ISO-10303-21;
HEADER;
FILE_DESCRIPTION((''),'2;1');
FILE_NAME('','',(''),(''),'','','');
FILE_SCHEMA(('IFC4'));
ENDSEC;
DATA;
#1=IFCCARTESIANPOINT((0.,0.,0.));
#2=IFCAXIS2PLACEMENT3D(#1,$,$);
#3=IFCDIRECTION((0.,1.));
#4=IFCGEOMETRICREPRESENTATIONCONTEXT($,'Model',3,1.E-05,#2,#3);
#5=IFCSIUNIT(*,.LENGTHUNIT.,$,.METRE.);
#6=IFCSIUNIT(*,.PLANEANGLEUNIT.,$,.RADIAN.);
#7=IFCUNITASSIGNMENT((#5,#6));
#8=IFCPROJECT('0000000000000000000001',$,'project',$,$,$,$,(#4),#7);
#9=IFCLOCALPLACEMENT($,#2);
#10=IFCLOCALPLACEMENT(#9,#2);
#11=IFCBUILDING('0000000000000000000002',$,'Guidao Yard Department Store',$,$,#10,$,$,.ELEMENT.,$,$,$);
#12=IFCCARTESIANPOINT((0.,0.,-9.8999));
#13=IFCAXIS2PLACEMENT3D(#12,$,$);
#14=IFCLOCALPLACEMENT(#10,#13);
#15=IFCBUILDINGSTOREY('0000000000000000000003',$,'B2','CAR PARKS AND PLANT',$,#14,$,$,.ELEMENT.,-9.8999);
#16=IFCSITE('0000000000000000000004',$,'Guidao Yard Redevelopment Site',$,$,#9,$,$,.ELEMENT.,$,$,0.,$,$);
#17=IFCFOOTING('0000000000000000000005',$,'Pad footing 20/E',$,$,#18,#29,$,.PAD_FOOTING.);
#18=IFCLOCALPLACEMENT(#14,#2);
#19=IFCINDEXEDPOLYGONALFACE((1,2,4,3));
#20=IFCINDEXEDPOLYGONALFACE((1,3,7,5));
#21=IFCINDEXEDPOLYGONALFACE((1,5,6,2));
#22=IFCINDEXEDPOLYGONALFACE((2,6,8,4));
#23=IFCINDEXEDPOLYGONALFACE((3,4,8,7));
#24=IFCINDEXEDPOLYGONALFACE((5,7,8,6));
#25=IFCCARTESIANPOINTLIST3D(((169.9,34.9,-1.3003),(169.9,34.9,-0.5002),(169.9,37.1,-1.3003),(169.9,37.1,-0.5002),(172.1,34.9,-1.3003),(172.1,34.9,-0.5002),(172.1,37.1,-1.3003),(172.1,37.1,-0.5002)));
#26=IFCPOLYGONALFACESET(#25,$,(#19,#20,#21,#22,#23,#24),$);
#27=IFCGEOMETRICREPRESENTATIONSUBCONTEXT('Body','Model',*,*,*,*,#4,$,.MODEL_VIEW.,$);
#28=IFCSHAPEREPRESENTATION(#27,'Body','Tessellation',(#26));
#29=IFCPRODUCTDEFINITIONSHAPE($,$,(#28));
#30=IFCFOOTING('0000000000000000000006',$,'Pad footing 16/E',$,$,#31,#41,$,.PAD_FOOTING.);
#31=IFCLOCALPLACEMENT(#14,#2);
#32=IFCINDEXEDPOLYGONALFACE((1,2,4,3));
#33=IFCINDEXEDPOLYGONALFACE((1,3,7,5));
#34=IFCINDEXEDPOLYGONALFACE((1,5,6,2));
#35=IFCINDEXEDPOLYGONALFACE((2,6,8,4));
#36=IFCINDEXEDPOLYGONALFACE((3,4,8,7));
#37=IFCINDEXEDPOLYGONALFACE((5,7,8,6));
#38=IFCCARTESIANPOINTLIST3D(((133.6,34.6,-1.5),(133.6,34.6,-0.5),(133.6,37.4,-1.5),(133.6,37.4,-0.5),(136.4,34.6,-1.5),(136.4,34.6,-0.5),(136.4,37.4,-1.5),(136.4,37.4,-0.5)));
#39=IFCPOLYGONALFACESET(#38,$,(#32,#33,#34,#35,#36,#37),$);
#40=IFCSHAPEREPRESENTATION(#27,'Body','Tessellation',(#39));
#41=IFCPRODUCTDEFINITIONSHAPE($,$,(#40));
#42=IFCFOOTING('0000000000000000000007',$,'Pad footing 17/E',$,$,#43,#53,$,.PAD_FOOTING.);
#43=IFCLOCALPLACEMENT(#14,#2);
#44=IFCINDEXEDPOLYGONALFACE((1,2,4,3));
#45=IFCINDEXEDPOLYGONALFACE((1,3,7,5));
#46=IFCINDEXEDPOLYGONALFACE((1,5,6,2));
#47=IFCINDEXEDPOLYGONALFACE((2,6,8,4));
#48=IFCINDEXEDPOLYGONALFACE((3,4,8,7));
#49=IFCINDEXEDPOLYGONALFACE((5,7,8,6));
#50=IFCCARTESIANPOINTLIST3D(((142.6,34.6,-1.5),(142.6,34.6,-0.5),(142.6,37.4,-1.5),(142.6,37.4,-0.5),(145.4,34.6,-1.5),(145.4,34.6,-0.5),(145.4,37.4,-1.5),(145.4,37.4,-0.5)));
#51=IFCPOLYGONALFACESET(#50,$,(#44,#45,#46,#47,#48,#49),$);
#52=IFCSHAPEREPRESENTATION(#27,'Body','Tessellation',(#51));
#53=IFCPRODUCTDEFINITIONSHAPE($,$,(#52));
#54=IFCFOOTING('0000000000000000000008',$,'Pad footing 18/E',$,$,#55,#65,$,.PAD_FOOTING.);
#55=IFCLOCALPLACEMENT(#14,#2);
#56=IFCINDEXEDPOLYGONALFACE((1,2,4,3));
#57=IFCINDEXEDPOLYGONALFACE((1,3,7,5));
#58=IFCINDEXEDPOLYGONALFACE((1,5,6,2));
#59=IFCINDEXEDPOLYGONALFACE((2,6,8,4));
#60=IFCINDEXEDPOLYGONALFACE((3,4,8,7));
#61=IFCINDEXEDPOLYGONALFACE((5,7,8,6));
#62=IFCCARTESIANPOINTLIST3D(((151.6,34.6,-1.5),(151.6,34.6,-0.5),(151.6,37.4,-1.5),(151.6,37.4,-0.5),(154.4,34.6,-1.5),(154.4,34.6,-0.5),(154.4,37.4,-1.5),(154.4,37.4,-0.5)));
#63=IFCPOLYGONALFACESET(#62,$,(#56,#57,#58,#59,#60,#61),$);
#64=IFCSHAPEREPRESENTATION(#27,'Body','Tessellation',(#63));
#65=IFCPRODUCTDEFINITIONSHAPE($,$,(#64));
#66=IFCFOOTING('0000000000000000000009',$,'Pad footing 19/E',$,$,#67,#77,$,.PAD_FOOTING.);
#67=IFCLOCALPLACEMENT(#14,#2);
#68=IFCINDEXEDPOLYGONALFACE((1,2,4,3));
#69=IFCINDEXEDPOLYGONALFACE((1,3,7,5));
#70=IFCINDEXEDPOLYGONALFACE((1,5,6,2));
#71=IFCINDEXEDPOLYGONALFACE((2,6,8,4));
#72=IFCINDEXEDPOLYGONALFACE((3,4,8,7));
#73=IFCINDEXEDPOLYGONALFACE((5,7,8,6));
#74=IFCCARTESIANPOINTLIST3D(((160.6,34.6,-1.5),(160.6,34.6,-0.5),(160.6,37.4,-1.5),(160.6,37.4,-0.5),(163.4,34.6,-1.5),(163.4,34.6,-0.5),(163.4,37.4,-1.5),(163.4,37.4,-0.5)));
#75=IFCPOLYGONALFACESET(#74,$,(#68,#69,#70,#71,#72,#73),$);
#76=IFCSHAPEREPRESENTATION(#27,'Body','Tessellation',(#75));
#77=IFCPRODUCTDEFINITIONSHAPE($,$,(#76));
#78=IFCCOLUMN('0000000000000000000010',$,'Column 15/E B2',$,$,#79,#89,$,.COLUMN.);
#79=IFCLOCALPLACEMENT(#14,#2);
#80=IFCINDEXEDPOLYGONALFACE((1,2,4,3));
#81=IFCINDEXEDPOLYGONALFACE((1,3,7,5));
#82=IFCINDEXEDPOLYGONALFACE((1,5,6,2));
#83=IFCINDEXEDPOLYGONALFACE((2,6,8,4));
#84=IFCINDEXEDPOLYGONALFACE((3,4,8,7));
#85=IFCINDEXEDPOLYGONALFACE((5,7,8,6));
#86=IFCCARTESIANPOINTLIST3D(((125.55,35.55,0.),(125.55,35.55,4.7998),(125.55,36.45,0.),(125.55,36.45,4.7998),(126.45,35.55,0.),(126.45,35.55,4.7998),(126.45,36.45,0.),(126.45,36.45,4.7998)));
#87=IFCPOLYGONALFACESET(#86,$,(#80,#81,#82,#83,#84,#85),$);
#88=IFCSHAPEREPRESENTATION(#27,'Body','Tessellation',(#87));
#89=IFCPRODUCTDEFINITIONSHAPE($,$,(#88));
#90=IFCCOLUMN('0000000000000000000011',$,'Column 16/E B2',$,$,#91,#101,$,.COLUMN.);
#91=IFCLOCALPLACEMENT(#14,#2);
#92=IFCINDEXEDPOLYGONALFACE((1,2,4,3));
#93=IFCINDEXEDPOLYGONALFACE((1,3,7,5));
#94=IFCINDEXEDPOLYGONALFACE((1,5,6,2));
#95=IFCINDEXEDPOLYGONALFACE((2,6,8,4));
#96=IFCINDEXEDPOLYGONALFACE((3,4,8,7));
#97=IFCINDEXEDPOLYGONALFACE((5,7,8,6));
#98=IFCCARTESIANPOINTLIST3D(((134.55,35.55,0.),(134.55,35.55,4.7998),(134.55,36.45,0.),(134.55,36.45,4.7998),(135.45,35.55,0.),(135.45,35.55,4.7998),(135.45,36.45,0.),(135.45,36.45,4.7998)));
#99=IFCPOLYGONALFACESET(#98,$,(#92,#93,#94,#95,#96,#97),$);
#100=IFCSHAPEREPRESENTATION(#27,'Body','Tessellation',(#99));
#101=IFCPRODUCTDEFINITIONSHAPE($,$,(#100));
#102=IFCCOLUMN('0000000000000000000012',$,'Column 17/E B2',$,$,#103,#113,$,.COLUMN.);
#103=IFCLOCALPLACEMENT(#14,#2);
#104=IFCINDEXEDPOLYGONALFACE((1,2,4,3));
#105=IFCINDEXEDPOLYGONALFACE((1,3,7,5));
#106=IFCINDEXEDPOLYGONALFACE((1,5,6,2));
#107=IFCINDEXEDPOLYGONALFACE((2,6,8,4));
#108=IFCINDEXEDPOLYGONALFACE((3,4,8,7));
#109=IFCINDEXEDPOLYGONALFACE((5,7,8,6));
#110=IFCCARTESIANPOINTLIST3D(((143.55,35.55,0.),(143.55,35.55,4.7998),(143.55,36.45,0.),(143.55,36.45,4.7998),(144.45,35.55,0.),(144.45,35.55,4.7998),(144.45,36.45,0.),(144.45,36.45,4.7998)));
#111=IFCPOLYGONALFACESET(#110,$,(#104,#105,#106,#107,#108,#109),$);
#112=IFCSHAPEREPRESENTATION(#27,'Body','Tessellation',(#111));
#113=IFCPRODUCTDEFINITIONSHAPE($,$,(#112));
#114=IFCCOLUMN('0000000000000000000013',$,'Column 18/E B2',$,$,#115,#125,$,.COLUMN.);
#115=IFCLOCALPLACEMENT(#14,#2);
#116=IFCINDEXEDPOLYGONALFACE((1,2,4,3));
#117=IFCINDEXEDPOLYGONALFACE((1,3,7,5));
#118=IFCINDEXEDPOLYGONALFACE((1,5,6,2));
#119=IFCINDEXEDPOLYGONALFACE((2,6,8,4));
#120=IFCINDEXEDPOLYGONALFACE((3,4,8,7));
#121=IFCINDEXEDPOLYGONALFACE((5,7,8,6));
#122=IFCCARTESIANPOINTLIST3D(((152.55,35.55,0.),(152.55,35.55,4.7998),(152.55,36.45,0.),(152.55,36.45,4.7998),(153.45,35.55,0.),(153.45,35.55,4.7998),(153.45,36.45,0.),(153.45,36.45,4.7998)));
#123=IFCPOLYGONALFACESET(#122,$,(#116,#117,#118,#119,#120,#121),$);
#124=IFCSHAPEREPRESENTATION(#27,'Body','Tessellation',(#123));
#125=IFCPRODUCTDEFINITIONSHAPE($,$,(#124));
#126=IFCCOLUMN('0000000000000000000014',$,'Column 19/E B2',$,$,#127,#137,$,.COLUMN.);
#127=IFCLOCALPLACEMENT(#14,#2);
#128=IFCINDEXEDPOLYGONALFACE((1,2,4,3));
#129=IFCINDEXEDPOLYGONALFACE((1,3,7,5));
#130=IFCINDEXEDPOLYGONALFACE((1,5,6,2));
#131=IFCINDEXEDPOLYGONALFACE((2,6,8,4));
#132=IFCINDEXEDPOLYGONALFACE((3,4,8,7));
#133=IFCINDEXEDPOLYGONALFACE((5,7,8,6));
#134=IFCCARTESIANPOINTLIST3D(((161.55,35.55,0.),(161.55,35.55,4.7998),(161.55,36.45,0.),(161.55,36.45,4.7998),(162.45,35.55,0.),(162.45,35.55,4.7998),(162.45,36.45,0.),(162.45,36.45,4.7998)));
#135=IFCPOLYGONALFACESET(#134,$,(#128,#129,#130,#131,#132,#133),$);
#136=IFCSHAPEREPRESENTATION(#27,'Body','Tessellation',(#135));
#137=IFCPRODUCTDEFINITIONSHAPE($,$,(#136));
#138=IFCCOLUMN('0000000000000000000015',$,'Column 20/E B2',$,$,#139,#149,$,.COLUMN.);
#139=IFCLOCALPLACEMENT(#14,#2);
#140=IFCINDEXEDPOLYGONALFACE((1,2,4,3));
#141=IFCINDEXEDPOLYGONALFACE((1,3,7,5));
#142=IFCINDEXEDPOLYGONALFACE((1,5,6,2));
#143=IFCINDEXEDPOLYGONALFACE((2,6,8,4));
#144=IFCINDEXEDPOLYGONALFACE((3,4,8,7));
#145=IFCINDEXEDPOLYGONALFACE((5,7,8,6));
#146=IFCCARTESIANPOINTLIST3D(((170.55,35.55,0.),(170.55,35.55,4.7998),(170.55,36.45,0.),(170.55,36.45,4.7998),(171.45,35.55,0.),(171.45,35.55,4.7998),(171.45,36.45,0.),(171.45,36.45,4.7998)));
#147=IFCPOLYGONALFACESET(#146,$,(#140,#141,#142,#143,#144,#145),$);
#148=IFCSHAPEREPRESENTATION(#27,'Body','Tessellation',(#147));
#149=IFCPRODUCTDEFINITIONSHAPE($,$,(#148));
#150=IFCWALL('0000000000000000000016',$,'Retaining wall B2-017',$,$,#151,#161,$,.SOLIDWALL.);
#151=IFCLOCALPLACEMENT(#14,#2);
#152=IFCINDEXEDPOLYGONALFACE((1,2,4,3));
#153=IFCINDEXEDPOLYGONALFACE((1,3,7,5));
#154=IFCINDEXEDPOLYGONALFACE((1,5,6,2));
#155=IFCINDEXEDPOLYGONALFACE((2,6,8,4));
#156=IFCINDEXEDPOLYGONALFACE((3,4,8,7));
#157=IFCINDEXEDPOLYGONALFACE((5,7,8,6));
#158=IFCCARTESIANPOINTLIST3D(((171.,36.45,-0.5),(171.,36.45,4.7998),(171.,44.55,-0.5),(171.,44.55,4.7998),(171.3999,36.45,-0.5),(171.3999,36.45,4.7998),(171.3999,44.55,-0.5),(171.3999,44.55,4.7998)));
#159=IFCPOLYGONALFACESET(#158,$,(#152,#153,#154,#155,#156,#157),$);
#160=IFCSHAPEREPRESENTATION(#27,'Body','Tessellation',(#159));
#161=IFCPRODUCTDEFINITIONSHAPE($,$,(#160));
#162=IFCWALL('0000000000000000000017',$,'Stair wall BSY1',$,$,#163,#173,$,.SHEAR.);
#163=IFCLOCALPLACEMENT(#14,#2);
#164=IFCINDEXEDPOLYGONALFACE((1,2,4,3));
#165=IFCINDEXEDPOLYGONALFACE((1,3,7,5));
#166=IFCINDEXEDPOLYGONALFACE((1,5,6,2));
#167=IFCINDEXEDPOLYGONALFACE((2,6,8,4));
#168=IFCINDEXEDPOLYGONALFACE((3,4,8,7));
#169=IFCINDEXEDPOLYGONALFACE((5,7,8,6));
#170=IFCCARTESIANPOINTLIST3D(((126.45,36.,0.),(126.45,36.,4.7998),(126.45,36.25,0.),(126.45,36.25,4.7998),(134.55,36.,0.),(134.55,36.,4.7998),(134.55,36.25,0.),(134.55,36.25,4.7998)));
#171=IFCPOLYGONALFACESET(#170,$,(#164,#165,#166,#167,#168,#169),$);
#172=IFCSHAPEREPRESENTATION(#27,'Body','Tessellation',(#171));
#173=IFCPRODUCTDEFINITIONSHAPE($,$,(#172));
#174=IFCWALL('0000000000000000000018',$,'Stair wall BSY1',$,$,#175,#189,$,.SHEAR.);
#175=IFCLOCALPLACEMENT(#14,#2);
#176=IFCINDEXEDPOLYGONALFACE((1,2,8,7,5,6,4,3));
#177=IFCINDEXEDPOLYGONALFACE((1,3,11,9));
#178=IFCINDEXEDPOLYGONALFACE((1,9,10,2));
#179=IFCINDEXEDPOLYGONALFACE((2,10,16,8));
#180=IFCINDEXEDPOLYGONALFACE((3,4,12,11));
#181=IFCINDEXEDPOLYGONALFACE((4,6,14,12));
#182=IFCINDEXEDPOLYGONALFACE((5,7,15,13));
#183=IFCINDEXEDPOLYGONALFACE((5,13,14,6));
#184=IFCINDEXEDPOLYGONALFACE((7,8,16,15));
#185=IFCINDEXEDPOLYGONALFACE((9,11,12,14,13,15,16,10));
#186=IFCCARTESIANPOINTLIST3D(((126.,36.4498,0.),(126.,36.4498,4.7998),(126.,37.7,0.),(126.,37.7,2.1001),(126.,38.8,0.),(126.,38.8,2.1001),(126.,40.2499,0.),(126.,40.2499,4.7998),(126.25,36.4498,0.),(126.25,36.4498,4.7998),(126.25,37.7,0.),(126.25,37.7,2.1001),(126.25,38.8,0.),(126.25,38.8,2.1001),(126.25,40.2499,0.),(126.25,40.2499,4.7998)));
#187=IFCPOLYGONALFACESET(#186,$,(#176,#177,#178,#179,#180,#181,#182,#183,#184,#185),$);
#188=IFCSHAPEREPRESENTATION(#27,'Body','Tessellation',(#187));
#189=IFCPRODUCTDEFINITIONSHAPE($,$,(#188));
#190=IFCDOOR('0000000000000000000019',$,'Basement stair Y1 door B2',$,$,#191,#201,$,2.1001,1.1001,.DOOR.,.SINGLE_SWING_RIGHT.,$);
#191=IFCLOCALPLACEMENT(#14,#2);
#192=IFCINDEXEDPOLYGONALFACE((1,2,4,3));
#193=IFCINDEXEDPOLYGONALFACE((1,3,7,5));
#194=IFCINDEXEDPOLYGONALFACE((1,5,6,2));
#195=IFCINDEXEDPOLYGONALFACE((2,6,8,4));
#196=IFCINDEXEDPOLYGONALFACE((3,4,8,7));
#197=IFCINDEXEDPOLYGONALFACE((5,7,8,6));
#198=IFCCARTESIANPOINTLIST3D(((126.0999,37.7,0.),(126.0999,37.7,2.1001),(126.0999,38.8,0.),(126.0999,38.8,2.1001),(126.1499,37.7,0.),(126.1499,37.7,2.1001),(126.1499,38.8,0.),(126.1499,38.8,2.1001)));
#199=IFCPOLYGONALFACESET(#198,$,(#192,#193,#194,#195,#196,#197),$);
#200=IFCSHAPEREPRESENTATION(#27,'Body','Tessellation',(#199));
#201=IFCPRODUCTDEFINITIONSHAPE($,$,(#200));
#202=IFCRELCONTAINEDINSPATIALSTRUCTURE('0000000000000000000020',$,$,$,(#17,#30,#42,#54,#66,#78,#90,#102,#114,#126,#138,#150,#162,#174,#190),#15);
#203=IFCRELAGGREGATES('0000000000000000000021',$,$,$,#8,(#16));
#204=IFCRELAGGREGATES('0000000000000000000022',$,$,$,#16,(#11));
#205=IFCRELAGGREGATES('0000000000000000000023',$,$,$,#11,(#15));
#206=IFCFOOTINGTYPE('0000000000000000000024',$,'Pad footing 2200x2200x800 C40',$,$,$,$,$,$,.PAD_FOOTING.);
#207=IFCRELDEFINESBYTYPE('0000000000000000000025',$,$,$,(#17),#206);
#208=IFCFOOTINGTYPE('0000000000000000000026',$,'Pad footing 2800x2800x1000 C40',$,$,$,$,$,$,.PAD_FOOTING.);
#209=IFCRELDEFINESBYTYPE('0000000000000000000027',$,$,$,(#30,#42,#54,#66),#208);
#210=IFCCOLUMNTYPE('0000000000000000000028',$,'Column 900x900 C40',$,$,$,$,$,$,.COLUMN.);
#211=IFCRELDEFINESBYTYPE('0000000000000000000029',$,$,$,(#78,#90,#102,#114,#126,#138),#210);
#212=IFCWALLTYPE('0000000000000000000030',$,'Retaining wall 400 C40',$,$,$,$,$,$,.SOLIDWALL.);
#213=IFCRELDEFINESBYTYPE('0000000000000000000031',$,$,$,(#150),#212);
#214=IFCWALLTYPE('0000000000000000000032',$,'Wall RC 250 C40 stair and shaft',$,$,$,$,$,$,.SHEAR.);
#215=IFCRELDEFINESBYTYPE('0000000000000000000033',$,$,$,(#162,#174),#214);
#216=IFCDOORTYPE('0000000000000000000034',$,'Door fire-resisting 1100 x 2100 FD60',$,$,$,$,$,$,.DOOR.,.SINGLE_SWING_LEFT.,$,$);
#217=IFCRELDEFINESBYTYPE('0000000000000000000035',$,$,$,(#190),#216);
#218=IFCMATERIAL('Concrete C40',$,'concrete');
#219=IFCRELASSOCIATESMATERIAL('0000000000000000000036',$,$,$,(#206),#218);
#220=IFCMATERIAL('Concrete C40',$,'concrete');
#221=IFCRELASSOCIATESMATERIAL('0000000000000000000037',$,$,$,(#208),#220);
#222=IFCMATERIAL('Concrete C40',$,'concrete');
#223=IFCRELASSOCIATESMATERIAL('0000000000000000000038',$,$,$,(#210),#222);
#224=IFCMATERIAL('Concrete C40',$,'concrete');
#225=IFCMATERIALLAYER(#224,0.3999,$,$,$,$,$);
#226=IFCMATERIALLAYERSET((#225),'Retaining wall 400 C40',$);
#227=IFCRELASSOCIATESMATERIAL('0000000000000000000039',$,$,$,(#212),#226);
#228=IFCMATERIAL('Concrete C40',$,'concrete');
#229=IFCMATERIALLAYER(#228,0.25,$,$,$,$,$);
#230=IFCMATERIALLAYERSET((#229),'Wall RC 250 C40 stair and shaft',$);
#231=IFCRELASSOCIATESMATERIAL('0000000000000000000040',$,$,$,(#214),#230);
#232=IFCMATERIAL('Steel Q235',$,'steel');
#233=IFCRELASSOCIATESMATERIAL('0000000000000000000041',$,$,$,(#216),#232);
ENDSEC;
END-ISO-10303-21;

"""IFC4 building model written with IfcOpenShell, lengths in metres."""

from ifc_helpers import new_model, si_unit, direction, frame, frame_2d, origin, origin_2d, place, context, subcontext, project, spatial, rectangle, extrude, material, layer, layer_set, material_profile, profile_set, type_object, element, fill, save


model = new_model("IFC4")

# Units and contexts
model_context = context("Model", 3, precision=1e-05, world=origin(), true_north=direction((0.0, 1.0)))
body_context = subcontext(model_context, "Body", "Model", "MODEL_VIEW")
ifc_project = project(units=[si_unit("LENGTHUNIT", "METRE"), si_unit("PLANEANGLEUNIT", "RADIAN")], contexts=[model_context])

# Site, building, storey
site_placement = place(None, origin())
site = spatial("IfcSite", under=ifc_project, at=site_placement, Name="Guidao Yard Redevelopment Site", CompositionType="ELEMENT", RefElevation=0.0)
building_placement = place(site_placement, origin())
building = spatial("IfcBuilding", under=site, at=building_placement, Name="Guidao Yard Department Store", CompositionType="ELEMENT")
storey_placement = place(building_placement, frame((0.0, 0.0, -9.8999)))
storey = spatial("IfcBuildingStorey", under=building, at=storey_placement, Name="B2", Description="CAR PARKS AND PLANT", CompositionType="ELEMENT", Elevation=-9.8999)

# Footings
ifc_material_1 = material(Name="Concrete C40", Category="concrete")
footing_type_1 = type_object("IfcFootingType", Name="Pad footing 2200x2200x800 C40", PredefinedType="PAD_FOOTING", material=ifc_material_1)
footing_placement = place(storey_placement, frame((171.0, 36.0, -1.3003), z_axis=(0.0, 0.0, 1.0), x_axis=(1.0, 0.0, 0.0)))
element("IfcFooting", 1, at=footing_placement, inside=storey, type_object=footing_type_1, Name="Pad footing 20/E", PredefinedType="PAD_FOOTING", context=body_context, shape_type="SweptSolid", body=[
    extrude(rectangle(XDim=2.2, YDim=2.2, at=origin_2d()), origin(), (0.0, 0.0, 1.0), 0.8),
])
ifc_material_2 = material(Name="Concrete C40", Category="concrete")
footing_type_2 = type_object("IfcFootingType", Name="Pad footing 2800x2800x1000 C40", PredefinedType="PAD_FOOTING", material=ifc_material_2)
for number, where, z_axis, x_axis, name in (
    (2, (135.0, 36.0, -1.5), (0.0, 0.0, 1.0), (1.0, 0.0, 0.0), "Pad footing 16/E"),
    (3, (144.0, 36.0, -1.5), (0.0, 0.0, 1.0), (1.0, 0.0, 0.0), "Pad footing 17/E"),
    (4, (153.0, 36.0, -1.5), (0.0, 0.0, 1.0), (1.0, 0.0, 0.0), "Pad footing 18/E"),
    (5, (162.0, 36.0, -1.5), (0.0, 0.0, 1.0), (1.0, 0.0, 0.0), "Pad footing 19/E"),
):
    element("IfcFooting", number, at=place(storey_placement, frame(where, z_axis=z_axis, x_axis=x_axis)), inside=storey, type_object=footing_type_2, Name=name, PredefinedType="PAD_FOOTING", context=body_context, shape_type="SweptSolid", body=[
        extrude(rectangle(XDim=2.8, YDim=2.8, at=origin_2d()), origin(), (0.0, 0.0, 1.0), 1.0),
    ])

# Columns
ifc_material_3 = material(Name="Concrete C40", Category="concrete")
ifc_material_profile = material_profile(ifc_material_3, rectangle(XDim=0.8999, YDim=0.8999, at=origin_2d()), Name="COL 900x900")
ifc_profile_set = profile_set([ifc_material_profile], Name="Concrete C40")
column_type = type_object("IfcColumnType", Name="Column 900x900 C40", PredefinedType="COLUMN", material=ifc_profile_set)
for number, where, z_axis, x_axis, name in (
    (6, (126.0, 36.0, 0.0), (0.0, 0.0, 1.0), (1.0, 0.0, 0.0), "Column 15/E B2"),
    (7, (135.0, 36.0, 0.0), (0.0, 0.0, 1.0), (1.0, 0.0, 0.0), "Column 16/E B2"),
    (8, (144.0, 36.0, 0.0), (0.0, 0.0, 1.0), (1.0, 0.0, 0.0), "Column 17/E B2"),
    (9, (153.0, 36.0, 0.0), (0.0, 0.0, 1.0), (1.0, 0.0, 0.0), "Column 18/E B2"),
    (10, (162.0, 36.0, 0.0), (0.0, 0.0, 1.0), (1.0, 0.0, 0.0), "Column 19/E B2"),
    (11, (171.0, 36.0, 0.0), (0.0, 0.0, 1.0), (1.0, 0.0, 0.0), "Column 20/E B2"),
):
    element("IfcColumn", number, at=place(storey_placement, frame(where, z_axis=z_axis, x_axis=x_axis)), inside=storey, type_object=column_type, Name=name, PredefinedType="COLUMN", context=body_context, shape_type="SweptSolid", body=[
        extrude(rectangle(XDim=0.8999, YDim=0.8999, at=origin_2d()), origin(), (0.0, 0.0, 1.0), 4.7998),
    ])

# Walls
ifc_material_4 = material(Name="Concrete C40", Category="concrete")
ifc_layer_1 = layer(ifc_material_4, 0.3999)
ifc_layer_set_1 = layer_set([ifc_layer_1], Name="Retaining wall 400 C40")
wall_type_1 = type_object("IfcWallType", Name="Retaining wall 400 C40", PredefinedType="SOLIDWALL", material=ifc_layer_set_1)
wall_1_placement = place(storey_placement, frame((171.2, 36.45, -0.5), z_axis=(0.0, 0.0, 1.0), x_axis=(0.0, 1.0, 0.0)))
element("IfcWall", 12, at=wall_1_placement, inside=storey, type_object=wall_type_1, Name="Retaining wall B2-017", PredefinedType="SOLIDWALL", context=body_context, shape_type="SweptSolid", body=[
    extrude(rectangle(XDim=8.1001, YDim=0.3999, at=frame_2d((4.05, 0.0))), origin(), (0.0, 0.0, 1.0), 5.2998),
])
ifc_material_5 = material(Name="Concrete C40", Category="concrete")
ifc_layer_2 = layer(ifc_material_5, 0.25)
ifc_layer_set_2 = layer_set([ifc_layer_2], Name="Wall RC 250 C40 stair and shaft")
wall_type_2 = type_object("IfcWallType", Name="Wall RC 250 C40 stair and shaft", PredefinedType="SHEAR", material=ifc_layer_set_2)
wall_2_placement = place(storey_placement, frame((126.45, 36.125, 0.0), z_axis=(0.0, 0.0, 1.0), x_axis=(1.0, 0.0, 0.0)))
element("IfcWall", 13, at=wall_2_placement, inside=storey, type_object=wall_type_2, Name="Stair wall BSY1", PredefinedType="SHEAR", context=body_context, shape_type="SweptSolid", body=[
    extrude(rectangle(XDim=8.1001, YDim=0.25, at=frame_2d((4.05, 0.0))), origin(), (0.0, 0.0, 1.0), 4.7998),
])

# Wall, opening, door
wall_3_placement = place(storey_placement, frame((126.125, 36.45, 0.0), z_axis=(0.0, 0.0, 1.0), x_axis=(0.0, 1.0, 0.0)))
wall_3 = element("IfcWall", 14, at=wall_3_placement, inside=storey, type_object=wall_type_2, Name="Stair wall BSY1", PredefinedType="SHEAR", context=body_context, shape_type="SweptSolid", body=[
    extrude(rectangle(XDim=3.8, YDim=0.25, at=frame_2d((1.8999, 0.0))), origin(), (0.0, 0.0, 1.0), 4.7998),
])
opening_1_placement = place(wall_3_placement, frame((2.3501, 0.0, 0.0), z_axis=(0.0, 0.0, 1.0), x_axis=(-1.0, 0.0, 0.0)))
opening_1 = element("IfcOpeningElement", 15, at=opening_1_placement, cuts=wall_3, PredefinedType="OPENING", context=body_context, shape_type="SweptSolid", body=[
    extrude(rectangle(XDim=1.1001, YDim=2.1001, at=frame_2d((0.55, 1.05))), frame((0.0, 0.135, 0.0), z_axis=(0.0, -1.0, 0.0), x_axis=(1.0, 0.0, 0.0)), (0.0, 0.0, 1.0), 0.27),
])
ifc_material_6 = material(Name="Steel Q235", Category="steel")
door_type = type_object("IfcDoorType", Name="Door fire-resisting 1100 x 2100 FD60", OperationType="SINGLE_SWING_LEFT", PredefinedType="DOOR", material=ifc_material_6)
door_1_placement = place(opening_1_placement, origin())
door_1 = element("IfcDoor", 16, at=door_1_placement, inside=storey, type_object=door_type, Name="Basement stair Y1 door B2", OperationType="SINGLE_SWING_RIGHT", OverallHeight=2.1001, OverallWidth=1.1001, PredefinedType="DOOR", context=body_context, shape_type="SweptSolid", body=[
    extrude(rectangle(XDim=1.1001, YDim=2.1001, at=frame_2d((0.55, 1.05))), frame((0.0, 0.0249, 0.0), z_axis=(0.0, -1.0, 0.0), x_axis=(1.0, 0.0, 0.0)), (0.0, 0.0, 1.0), 0.05),
])
fill(opening_1, door_1)

save(model, "model.ifc")
